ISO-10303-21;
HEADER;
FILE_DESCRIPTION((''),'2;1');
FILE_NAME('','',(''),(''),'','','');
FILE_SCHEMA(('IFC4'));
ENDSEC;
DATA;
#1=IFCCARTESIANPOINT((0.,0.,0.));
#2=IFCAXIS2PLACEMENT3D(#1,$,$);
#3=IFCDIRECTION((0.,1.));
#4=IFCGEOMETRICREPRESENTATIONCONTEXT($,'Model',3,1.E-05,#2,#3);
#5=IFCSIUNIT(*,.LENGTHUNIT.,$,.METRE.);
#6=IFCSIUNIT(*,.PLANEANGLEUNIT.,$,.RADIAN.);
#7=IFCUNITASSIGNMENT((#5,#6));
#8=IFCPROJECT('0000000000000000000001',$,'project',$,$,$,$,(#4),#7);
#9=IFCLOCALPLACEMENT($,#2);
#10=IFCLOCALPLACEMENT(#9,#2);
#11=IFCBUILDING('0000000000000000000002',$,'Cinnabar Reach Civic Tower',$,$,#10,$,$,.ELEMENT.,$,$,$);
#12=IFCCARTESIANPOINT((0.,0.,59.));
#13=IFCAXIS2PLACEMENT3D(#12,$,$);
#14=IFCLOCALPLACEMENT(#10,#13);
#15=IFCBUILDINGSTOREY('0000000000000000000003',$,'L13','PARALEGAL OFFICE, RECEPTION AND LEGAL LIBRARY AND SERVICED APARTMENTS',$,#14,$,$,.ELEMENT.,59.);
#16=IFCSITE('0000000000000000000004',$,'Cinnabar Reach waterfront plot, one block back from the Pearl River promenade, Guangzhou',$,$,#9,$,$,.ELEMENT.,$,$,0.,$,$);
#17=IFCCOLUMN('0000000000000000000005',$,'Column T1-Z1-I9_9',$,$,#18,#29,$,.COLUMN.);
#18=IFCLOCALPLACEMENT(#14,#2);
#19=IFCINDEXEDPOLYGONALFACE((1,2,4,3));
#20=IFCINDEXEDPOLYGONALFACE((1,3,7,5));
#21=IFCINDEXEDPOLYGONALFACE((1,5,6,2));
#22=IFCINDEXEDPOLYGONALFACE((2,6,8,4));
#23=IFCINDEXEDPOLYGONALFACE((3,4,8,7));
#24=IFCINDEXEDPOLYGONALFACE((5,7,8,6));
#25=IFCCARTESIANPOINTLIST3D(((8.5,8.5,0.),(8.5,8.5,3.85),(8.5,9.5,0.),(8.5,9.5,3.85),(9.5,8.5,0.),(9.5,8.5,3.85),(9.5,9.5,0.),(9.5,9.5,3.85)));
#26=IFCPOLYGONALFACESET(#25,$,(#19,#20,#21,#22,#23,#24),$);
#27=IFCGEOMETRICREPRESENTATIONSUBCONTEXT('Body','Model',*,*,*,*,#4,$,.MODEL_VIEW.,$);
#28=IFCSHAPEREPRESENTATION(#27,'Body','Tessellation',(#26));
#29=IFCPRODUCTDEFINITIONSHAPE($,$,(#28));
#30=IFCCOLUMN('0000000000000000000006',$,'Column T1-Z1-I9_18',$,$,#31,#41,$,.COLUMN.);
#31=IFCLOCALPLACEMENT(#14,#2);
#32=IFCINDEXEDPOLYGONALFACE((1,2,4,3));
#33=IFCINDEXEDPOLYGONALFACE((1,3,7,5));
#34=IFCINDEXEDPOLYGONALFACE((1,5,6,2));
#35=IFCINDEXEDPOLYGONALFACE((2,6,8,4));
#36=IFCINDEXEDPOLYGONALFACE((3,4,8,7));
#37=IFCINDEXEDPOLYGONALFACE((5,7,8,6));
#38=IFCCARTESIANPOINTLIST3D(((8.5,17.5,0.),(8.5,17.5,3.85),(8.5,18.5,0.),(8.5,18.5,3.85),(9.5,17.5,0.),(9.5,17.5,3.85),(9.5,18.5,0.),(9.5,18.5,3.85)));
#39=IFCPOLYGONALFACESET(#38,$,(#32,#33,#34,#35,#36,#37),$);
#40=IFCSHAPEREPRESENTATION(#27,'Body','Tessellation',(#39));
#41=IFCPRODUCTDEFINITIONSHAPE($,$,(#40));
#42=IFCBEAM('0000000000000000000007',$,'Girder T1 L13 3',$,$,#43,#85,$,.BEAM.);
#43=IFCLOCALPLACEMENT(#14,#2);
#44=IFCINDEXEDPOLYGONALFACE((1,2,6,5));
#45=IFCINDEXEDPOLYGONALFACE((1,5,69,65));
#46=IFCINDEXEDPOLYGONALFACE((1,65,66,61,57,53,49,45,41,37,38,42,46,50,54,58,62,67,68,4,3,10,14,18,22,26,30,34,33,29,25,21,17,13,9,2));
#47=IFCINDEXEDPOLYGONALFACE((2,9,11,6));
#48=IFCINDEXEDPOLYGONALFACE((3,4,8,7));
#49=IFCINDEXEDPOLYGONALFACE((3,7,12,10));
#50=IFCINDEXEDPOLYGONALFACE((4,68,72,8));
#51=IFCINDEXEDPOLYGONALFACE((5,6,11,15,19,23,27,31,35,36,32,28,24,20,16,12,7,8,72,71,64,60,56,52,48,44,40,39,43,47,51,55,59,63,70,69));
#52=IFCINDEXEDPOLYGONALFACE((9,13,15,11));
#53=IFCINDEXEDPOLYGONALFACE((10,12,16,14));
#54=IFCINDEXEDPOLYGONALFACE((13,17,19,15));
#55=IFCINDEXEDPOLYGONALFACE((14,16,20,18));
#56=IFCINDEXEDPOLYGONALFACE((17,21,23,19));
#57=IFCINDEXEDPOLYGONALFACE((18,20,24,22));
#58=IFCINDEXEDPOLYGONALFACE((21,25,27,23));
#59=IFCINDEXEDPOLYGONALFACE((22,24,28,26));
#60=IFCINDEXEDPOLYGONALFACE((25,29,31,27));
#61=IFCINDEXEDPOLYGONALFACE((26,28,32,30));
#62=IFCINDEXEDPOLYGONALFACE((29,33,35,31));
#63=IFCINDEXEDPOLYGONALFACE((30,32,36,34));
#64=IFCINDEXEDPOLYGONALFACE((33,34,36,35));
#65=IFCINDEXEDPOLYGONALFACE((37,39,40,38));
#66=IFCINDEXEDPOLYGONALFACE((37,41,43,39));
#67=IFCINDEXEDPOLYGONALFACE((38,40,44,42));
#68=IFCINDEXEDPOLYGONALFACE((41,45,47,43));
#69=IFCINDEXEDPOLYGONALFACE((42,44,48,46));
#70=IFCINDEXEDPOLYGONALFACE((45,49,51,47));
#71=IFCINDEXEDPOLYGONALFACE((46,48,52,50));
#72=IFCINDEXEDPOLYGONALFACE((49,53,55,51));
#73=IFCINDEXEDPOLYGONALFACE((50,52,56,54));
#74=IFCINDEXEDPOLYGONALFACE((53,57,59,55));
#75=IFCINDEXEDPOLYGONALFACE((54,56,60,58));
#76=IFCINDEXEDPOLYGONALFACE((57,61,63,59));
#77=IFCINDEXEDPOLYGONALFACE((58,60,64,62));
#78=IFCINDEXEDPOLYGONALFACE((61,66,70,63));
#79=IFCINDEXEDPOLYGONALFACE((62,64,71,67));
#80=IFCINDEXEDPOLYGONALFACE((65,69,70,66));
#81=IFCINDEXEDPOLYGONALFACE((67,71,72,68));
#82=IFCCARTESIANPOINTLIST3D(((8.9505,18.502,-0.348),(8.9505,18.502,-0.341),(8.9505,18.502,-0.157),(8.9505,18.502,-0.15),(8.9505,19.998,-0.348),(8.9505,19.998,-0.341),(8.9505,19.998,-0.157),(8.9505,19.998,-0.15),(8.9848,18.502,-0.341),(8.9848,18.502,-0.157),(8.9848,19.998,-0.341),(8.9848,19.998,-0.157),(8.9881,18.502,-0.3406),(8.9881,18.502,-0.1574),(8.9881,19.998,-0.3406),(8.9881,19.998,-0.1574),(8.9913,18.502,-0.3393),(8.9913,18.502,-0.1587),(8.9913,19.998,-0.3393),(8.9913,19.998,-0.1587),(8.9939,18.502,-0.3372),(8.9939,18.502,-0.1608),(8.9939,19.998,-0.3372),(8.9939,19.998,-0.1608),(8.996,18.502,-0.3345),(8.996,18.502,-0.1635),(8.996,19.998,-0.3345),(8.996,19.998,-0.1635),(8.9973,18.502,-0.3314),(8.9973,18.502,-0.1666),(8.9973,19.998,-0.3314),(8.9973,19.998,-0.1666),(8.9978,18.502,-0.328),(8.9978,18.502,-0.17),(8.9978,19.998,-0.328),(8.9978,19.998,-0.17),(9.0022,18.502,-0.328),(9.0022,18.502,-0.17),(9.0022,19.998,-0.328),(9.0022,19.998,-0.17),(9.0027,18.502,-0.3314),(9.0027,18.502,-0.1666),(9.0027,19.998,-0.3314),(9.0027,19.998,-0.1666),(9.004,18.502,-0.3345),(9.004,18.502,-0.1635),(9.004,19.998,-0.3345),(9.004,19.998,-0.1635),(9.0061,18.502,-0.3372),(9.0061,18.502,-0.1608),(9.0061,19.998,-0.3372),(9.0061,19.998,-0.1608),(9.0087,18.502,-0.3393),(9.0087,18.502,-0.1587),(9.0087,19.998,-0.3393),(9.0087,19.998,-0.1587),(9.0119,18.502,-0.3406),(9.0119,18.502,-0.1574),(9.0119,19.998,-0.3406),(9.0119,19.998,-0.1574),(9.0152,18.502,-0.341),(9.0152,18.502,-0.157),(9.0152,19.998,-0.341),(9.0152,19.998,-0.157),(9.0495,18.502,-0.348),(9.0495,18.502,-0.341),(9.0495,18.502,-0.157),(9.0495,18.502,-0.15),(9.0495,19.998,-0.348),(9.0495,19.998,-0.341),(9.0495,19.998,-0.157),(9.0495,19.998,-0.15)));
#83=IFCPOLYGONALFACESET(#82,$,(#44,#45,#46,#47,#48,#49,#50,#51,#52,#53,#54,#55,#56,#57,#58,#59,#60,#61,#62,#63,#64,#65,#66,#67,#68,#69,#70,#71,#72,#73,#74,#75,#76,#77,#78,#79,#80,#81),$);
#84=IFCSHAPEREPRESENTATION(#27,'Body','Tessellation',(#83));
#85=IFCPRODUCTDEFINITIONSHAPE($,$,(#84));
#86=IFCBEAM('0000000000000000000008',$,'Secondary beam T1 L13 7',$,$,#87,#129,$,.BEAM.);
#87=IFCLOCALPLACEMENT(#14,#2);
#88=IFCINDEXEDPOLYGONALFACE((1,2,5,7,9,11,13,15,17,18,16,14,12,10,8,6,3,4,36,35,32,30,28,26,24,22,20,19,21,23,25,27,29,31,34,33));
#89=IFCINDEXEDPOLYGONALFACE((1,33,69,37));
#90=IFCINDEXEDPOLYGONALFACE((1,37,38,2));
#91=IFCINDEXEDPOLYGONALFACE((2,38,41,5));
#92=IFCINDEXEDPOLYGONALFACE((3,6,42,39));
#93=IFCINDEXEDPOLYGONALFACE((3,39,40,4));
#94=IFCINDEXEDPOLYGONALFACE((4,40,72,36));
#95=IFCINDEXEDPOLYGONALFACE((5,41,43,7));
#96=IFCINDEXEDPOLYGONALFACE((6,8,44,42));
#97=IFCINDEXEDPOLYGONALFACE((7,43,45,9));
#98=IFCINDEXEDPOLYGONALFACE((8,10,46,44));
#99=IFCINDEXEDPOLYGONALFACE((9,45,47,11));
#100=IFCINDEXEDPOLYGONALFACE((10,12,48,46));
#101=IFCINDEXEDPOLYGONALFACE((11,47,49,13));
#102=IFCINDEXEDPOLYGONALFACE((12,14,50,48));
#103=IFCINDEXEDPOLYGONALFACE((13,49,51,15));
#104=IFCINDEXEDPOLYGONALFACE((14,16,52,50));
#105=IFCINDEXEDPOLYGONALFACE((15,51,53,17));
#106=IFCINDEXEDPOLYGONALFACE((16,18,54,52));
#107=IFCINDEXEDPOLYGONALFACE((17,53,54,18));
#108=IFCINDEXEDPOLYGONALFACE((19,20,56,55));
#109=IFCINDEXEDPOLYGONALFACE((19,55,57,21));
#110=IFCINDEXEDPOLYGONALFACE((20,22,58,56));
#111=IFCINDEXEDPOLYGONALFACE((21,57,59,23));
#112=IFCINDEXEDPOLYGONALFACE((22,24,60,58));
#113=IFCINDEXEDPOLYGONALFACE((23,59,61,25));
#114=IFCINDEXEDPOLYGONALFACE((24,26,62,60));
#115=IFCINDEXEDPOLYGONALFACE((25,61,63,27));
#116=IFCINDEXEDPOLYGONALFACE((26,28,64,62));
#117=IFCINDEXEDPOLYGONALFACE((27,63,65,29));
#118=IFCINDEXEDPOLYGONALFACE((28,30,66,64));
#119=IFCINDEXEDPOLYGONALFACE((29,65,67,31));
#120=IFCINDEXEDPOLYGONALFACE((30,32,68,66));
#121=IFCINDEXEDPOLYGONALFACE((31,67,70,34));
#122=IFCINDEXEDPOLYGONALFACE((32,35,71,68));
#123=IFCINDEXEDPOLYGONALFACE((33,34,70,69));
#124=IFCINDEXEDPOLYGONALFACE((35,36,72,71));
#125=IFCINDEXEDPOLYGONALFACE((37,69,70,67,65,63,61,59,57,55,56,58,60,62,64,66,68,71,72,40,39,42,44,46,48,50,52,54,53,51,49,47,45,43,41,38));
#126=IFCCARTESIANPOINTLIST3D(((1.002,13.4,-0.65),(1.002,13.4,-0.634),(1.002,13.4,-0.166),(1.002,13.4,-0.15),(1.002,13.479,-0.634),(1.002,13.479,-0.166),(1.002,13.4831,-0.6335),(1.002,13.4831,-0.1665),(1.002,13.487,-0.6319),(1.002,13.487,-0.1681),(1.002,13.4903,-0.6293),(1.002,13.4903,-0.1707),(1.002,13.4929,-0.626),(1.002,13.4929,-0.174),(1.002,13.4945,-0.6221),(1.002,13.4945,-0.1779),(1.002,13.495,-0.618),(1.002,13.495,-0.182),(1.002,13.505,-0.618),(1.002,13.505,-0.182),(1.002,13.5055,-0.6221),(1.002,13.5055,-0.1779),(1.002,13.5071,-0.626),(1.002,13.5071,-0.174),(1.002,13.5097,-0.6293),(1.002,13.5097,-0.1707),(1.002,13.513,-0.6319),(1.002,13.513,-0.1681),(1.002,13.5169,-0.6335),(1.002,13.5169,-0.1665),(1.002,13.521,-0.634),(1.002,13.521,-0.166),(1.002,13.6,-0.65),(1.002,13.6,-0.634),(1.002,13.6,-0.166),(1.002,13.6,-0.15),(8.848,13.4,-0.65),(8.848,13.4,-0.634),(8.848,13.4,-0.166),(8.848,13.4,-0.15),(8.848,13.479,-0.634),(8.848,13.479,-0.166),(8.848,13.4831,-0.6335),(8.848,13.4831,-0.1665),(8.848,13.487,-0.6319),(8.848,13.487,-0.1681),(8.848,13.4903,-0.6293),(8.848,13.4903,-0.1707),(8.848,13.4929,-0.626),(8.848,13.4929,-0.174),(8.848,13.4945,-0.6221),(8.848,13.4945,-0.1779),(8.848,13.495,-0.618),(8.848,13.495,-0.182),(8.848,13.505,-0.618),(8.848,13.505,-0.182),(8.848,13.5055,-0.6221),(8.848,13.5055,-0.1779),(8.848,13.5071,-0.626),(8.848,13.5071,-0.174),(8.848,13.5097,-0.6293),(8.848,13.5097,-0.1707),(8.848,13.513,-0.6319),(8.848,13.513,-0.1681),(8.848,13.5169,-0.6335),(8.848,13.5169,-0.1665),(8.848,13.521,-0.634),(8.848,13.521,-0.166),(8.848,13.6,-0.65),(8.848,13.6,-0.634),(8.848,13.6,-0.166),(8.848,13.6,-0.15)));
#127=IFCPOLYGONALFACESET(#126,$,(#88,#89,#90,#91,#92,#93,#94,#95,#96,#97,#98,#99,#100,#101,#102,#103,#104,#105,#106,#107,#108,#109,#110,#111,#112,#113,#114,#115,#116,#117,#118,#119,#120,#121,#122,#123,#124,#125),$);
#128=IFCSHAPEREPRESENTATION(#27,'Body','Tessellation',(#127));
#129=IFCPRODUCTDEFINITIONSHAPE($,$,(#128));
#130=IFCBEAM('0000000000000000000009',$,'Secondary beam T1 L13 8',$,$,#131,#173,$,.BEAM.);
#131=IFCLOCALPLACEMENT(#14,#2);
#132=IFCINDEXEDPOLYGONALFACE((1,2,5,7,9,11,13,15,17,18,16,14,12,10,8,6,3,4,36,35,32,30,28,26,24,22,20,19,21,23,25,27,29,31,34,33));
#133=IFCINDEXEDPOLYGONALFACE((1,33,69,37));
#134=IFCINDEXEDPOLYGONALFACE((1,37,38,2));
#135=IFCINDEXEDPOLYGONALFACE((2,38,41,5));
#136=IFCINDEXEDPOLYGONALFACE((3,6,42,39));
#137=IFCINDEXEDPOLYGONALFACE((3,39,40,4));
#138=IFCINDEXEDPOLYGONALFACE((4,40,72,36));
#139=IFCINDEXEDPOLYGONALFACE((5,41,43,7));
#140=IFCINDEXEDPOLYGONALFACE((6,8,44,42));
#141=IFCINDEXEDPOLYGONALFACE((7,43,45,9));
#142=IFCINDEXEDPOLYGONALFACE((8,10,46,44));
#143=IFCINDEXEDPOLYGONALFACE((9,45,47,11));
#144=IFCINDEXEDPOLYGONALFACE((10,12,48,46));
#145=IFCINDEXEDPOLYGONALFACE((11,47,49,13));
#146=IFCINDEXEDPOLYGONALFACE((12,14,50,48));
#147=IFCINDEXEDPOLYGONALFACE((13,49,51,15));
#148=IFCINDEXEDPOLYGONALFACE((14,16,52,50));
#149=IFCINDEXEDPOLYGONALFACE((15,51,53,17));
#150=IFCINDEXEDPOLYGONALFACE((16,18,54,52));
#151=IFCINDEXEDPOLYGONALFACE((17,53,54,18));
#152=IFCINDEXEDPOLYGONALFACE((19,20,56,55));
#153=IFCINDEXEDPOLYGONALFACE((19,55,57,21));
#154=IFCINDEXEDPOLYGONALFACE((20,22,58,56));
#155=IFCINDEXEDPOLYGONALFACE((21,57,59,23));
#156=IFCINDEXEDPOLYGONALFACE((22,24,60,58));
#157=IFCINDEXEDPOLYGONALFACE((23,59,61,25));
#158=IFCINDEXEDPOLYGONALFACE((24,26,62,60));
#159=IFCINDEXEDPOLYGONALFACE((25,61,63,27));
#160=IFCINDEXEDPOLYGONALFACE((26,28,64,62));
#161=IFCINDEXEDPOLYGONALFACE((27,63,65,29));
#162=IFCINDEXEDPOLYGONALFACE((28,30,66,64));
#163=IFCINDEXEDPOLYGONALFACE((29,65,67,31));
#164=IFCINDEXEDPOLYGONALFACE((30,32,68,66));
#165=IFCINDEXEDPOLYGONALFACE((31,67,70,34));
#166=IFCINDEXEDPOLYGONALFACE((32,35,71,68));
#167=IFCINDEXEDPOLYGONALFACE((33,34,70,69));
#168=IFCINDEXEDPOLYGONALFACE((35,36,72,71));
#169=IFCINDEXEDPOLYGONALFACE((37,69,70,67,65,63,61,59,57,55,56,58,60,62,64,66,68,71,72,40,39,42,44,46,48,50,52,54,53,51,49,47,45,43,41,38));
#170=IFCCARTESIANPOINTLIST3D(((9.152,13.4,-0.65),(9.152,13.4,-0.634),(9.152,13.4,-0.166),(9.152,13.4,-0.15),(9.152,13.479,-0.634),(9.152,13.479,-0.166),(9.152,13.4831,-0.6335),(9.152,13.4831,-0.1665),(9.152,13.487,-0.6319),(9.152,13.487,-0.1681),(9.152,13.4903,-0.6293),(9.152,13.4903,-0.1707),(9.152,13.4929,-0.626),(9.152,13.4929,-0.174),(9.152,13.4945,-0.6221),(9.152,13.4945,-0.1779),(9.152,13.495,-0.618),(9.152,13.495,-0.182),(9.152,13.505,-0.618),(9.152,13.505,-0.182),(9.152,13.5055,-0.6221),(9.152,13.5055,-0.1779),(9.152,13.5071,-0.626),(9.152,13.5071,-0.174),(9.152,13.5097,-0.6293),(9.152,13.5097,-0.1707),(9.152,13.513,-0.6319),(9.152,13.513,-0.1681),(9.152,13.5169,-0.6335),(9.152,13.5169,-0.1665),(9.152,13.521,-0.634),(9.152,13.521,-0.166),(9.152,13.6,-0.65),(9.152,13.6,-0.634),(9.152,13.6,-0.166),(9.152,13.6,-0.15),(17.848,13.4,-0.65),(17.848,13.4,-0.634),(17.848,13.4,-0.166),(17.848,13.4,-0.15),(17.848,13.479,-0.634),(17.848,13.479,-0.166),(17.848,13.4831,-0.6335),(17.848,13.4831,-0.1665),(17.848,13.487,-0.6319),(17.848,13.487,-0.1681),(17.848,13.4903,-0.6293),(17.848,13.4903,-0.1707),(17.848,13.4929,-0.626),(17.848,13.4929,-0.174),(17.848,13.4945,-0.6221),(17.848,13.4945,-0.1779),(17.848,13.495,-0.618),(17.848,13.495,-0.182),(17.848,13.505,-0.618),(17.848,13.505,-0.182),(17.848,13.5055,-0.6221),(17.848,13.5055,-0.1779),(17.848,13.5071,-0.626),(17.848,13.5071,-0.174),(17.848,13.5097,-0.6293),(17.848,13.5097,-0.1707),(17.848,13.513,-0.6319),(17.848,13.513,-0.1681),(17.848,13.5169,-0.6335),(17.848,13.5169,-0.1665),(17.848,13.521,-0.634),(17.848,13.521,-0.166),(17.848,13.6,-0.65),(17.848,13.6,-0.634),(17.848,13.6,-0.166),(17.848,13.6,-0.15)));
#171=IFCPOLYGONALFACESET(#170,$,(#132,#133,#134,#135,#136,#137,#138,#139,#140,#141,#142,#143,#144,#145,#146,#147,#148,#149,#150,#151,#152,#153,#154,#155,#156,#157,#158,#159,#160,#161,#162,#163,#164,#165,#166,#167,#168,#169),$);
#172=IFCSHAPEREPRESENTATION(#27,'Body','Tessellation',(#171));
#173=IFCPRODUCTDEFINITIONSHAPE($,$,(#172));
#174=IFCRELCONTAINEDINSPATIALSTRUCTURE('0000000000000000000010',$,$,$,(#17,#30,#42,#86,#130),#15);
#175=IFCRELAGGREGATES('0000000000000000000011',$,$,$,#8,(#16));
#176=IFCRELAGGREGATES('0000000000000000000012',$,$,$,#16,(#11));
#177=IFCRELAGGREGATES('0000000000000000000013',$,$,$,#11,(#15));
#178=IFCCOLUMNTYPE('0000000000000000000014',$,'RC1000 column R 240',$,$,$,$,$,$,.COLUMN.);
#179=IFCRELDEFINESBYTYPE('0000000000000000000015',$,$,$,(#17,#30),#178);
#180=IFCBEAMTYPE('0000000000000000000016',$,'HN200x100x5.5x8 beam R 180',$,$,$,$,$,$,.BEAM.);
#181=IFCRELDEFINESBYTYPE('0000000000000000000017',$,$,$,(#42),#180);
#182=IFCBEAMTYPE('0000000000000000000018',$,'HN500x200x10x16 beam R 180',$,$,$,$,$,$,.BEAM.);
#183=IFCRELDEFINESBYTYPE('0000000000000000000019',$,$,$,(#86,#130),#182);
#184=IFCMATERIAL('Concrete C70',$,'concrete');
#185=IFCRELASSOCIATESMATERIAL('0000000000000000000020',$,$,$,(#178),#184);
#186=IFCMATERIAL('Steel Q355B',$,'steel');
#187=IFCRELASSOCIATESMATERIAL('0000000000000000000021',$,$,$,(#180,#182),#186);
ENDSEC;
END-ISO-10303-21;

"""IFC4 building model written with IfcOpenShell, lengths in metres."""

from ifc_helpers import new_model, si_unit, direction, frame, origin, origin_2d, place, context, subcontext, project, spatial, rectangle, i_section, extrude, material, material_profile, profile_set, type_object, element, save


model = new_model("IFC4")

# Units and contexts
model_context = context("Model", 3, precision=1e-05, world=origin(), true_north=direction((0.0, 1.0)))
body_context = subcontext(model_context, "Body", "Model", "MODEL_VIEW")
ifc_project = project(units=[si_unit("LENGTHUNIT", "METRE"), si_unit("PLANEANGLEUNIT", "RADIAN")], contexts=[model_context])

# Site, building, storey
site_placement = place(None, origin())
site = spatial("IfcSite", under=ifc_project, at=site_placement, Name="Cinnabar Reach waterfront plot, one block back from the Pearl River promenade, Guangzhou", CompositionType="ELEMENT", RefElevation=0.0)
building_placement = place(site_placement, origin())
building = spatial("IfcBuilding", under=site, at=building_placement, Name="Cinnabar Reach Civic Tower", CompositionType="ELEMENT")
storey_placement = place(building_placement, frame((0.0, 0.0, 59.0)))
storey = spatial("IfcBuildingStorey", under=building, at=storey_placement, Name="L13", Description="PARALEGAL OFFICE, RECEPTION AND LEGAL LIBRARY AND SERVICED APARTMENTS", CompositionType="ELEMENT", Elevation=59.0)

# Columns
ifc_material_1 = material(Name="Concrete C70", Category="concrete")
ifc_material_profile_1 = material_profile(ifc_material_1, rectangle(XDim=1.0, YDim=1.0, at=origin_2d()), Name="RC1000")
ifc_profile_set_1 = profile_set([ifc_material_profile_1], Name="Concrete C70")
column_type = type_object("IfcColumnType", Name="RC1000 column R 240", PredefinedType="COLUMN", material=ifc_profile_set_1)
for number, where, z_axis, x_axis, name in (
    (1, (9.0, 9.0, 0.0), (0.0, 0.0, 1.0), (1.0, 0.0, 0.0), "Column T1-Z1-I9_9"),
    (2, (9.0, 18.0, 0.0), (0.0, 0.0, 1.0), (1.0, 0.0, 0.0), "Column T1-Z1-I9_18"),
):
    element("IfcColumn", number, at=place(storey_placement, frame(where, z_axis=z_axis, x_axis=x_axis)), inside=storey, type_object=column_type, Name=name, PredefinedType="COLUMN", context=body_context, shape_type="SweptSolid", body=[
        extrude(rectangle(XDim=1.0, YDim=1.0, at=origin_2d()), origin(), (0.0, 0.0, 1.0), 3.85),
    ])

# Beams
ifc_material_2 = material(Name="Steel Q355B", Category="steel")
ifc_material_profile_2 = material_profile(ifc_material_2, i_section(OverallWidth=0.099, OverallDepth=0.198, WebThickness=0.0045, FlangeThickness=0.007, FilletRadius=0.013, at=origin_2d()), Name="HN200x100x5.5x8")
ifc_profile_set_2 = profile_set([ifc_material_profile_2], Name="Steel Q355B")
beam_type_1 = type_object("IfcBeamType", Name="HN200x100x5.5x8 beam R 180", PredefinedType="BEAM", material=ifc_profile_set_2)
beam_1_placement = place(storey_placement, frame((9.0, 18.502, -0.249), z_axis=(0.0, 1.0, 0.0), x_axis=(-1.0, 0.0, 0.0)))
element("IfcBeam", 3, at=beam_1_placement, inside=storey, type_object=beam_type_1, Name="Girder T1 L13 3", PredefinedType="BEAM", context=body_context, shape_type="SweptSolid", body=[
    extrude(i_section(OverallWidth=0.099, OverallDepth=0.198, WebThickness=0.0045, FlangeThickness=0.007, FilletRadius=0.013, at=origin_2d()), origin(), (0.0, 0.0, 1.0), 1.496),
])
ifc_material_profile_3 = material_profile(ifc_material_2, i_section(OverallWidth=0.2, OverallDepth=0.5, WebThickness=0.01, FlangeThickness=0.016, FilletRadius=0.016, at=origin_2d()), Name="HN500x200x10x16")
ifc_profile_set_3 = profile_set([ifc_material_profile_3], Name="Steel Q355B")
beam_type_2 = type_object("IfcBeamType", Name="HN500x200x10x16 beam R 180", PredefinedType="BEAM", material=ifc_profile_set_3)
beam_2_placement = place(storey_placement, frame((1.002, 13.5, -0.4), z_axis=(1.0, 0.0, 0.0), x_axis=(0.0, 1.0, 0.0)))
element("IfcBeam", 4, at=beam_2_placement, inside=storey, type_object=beam_type_2, Name="Secondary beam T1 L13 7", PredefinedType="BEAM", context=body_context, shape_type="SweptSolid", body=[
    extrude(i_section(OverallWidth=0.2, OverallDepth=0.5, WebThickness=0.01, FlangeThickness=0.016, FilletRadius=0.016, at=origin_2d()), origin(), (0.0, 0.0, 1.0), 7.846),
])
beam_3_placement = place(storey_placement, frame((9.152, 13.5, -0.4), z_axis=(1.0, 0.0, 0.0), x_axis=(0.0, 1.0, 0.0)))
element("IfcBeam", 5, at=beam_3_placement, inside=storey, type_object=beam_type_2, Name="Secondary beam T1 L13 8", PredefinedType="BEAM", context=body_context, shape_type="SweptSolid", body=[
    extrude(i_section(OverallWidth=0.2, OverallDepth=0.5, WebThickness=0.01, FlangeThickness=0.016, FilletRadius=0.016, at=origin_2d()), origin(), (0.0, 0.0, 1.0), 8.696),
])

save(model, "model.ifc")
